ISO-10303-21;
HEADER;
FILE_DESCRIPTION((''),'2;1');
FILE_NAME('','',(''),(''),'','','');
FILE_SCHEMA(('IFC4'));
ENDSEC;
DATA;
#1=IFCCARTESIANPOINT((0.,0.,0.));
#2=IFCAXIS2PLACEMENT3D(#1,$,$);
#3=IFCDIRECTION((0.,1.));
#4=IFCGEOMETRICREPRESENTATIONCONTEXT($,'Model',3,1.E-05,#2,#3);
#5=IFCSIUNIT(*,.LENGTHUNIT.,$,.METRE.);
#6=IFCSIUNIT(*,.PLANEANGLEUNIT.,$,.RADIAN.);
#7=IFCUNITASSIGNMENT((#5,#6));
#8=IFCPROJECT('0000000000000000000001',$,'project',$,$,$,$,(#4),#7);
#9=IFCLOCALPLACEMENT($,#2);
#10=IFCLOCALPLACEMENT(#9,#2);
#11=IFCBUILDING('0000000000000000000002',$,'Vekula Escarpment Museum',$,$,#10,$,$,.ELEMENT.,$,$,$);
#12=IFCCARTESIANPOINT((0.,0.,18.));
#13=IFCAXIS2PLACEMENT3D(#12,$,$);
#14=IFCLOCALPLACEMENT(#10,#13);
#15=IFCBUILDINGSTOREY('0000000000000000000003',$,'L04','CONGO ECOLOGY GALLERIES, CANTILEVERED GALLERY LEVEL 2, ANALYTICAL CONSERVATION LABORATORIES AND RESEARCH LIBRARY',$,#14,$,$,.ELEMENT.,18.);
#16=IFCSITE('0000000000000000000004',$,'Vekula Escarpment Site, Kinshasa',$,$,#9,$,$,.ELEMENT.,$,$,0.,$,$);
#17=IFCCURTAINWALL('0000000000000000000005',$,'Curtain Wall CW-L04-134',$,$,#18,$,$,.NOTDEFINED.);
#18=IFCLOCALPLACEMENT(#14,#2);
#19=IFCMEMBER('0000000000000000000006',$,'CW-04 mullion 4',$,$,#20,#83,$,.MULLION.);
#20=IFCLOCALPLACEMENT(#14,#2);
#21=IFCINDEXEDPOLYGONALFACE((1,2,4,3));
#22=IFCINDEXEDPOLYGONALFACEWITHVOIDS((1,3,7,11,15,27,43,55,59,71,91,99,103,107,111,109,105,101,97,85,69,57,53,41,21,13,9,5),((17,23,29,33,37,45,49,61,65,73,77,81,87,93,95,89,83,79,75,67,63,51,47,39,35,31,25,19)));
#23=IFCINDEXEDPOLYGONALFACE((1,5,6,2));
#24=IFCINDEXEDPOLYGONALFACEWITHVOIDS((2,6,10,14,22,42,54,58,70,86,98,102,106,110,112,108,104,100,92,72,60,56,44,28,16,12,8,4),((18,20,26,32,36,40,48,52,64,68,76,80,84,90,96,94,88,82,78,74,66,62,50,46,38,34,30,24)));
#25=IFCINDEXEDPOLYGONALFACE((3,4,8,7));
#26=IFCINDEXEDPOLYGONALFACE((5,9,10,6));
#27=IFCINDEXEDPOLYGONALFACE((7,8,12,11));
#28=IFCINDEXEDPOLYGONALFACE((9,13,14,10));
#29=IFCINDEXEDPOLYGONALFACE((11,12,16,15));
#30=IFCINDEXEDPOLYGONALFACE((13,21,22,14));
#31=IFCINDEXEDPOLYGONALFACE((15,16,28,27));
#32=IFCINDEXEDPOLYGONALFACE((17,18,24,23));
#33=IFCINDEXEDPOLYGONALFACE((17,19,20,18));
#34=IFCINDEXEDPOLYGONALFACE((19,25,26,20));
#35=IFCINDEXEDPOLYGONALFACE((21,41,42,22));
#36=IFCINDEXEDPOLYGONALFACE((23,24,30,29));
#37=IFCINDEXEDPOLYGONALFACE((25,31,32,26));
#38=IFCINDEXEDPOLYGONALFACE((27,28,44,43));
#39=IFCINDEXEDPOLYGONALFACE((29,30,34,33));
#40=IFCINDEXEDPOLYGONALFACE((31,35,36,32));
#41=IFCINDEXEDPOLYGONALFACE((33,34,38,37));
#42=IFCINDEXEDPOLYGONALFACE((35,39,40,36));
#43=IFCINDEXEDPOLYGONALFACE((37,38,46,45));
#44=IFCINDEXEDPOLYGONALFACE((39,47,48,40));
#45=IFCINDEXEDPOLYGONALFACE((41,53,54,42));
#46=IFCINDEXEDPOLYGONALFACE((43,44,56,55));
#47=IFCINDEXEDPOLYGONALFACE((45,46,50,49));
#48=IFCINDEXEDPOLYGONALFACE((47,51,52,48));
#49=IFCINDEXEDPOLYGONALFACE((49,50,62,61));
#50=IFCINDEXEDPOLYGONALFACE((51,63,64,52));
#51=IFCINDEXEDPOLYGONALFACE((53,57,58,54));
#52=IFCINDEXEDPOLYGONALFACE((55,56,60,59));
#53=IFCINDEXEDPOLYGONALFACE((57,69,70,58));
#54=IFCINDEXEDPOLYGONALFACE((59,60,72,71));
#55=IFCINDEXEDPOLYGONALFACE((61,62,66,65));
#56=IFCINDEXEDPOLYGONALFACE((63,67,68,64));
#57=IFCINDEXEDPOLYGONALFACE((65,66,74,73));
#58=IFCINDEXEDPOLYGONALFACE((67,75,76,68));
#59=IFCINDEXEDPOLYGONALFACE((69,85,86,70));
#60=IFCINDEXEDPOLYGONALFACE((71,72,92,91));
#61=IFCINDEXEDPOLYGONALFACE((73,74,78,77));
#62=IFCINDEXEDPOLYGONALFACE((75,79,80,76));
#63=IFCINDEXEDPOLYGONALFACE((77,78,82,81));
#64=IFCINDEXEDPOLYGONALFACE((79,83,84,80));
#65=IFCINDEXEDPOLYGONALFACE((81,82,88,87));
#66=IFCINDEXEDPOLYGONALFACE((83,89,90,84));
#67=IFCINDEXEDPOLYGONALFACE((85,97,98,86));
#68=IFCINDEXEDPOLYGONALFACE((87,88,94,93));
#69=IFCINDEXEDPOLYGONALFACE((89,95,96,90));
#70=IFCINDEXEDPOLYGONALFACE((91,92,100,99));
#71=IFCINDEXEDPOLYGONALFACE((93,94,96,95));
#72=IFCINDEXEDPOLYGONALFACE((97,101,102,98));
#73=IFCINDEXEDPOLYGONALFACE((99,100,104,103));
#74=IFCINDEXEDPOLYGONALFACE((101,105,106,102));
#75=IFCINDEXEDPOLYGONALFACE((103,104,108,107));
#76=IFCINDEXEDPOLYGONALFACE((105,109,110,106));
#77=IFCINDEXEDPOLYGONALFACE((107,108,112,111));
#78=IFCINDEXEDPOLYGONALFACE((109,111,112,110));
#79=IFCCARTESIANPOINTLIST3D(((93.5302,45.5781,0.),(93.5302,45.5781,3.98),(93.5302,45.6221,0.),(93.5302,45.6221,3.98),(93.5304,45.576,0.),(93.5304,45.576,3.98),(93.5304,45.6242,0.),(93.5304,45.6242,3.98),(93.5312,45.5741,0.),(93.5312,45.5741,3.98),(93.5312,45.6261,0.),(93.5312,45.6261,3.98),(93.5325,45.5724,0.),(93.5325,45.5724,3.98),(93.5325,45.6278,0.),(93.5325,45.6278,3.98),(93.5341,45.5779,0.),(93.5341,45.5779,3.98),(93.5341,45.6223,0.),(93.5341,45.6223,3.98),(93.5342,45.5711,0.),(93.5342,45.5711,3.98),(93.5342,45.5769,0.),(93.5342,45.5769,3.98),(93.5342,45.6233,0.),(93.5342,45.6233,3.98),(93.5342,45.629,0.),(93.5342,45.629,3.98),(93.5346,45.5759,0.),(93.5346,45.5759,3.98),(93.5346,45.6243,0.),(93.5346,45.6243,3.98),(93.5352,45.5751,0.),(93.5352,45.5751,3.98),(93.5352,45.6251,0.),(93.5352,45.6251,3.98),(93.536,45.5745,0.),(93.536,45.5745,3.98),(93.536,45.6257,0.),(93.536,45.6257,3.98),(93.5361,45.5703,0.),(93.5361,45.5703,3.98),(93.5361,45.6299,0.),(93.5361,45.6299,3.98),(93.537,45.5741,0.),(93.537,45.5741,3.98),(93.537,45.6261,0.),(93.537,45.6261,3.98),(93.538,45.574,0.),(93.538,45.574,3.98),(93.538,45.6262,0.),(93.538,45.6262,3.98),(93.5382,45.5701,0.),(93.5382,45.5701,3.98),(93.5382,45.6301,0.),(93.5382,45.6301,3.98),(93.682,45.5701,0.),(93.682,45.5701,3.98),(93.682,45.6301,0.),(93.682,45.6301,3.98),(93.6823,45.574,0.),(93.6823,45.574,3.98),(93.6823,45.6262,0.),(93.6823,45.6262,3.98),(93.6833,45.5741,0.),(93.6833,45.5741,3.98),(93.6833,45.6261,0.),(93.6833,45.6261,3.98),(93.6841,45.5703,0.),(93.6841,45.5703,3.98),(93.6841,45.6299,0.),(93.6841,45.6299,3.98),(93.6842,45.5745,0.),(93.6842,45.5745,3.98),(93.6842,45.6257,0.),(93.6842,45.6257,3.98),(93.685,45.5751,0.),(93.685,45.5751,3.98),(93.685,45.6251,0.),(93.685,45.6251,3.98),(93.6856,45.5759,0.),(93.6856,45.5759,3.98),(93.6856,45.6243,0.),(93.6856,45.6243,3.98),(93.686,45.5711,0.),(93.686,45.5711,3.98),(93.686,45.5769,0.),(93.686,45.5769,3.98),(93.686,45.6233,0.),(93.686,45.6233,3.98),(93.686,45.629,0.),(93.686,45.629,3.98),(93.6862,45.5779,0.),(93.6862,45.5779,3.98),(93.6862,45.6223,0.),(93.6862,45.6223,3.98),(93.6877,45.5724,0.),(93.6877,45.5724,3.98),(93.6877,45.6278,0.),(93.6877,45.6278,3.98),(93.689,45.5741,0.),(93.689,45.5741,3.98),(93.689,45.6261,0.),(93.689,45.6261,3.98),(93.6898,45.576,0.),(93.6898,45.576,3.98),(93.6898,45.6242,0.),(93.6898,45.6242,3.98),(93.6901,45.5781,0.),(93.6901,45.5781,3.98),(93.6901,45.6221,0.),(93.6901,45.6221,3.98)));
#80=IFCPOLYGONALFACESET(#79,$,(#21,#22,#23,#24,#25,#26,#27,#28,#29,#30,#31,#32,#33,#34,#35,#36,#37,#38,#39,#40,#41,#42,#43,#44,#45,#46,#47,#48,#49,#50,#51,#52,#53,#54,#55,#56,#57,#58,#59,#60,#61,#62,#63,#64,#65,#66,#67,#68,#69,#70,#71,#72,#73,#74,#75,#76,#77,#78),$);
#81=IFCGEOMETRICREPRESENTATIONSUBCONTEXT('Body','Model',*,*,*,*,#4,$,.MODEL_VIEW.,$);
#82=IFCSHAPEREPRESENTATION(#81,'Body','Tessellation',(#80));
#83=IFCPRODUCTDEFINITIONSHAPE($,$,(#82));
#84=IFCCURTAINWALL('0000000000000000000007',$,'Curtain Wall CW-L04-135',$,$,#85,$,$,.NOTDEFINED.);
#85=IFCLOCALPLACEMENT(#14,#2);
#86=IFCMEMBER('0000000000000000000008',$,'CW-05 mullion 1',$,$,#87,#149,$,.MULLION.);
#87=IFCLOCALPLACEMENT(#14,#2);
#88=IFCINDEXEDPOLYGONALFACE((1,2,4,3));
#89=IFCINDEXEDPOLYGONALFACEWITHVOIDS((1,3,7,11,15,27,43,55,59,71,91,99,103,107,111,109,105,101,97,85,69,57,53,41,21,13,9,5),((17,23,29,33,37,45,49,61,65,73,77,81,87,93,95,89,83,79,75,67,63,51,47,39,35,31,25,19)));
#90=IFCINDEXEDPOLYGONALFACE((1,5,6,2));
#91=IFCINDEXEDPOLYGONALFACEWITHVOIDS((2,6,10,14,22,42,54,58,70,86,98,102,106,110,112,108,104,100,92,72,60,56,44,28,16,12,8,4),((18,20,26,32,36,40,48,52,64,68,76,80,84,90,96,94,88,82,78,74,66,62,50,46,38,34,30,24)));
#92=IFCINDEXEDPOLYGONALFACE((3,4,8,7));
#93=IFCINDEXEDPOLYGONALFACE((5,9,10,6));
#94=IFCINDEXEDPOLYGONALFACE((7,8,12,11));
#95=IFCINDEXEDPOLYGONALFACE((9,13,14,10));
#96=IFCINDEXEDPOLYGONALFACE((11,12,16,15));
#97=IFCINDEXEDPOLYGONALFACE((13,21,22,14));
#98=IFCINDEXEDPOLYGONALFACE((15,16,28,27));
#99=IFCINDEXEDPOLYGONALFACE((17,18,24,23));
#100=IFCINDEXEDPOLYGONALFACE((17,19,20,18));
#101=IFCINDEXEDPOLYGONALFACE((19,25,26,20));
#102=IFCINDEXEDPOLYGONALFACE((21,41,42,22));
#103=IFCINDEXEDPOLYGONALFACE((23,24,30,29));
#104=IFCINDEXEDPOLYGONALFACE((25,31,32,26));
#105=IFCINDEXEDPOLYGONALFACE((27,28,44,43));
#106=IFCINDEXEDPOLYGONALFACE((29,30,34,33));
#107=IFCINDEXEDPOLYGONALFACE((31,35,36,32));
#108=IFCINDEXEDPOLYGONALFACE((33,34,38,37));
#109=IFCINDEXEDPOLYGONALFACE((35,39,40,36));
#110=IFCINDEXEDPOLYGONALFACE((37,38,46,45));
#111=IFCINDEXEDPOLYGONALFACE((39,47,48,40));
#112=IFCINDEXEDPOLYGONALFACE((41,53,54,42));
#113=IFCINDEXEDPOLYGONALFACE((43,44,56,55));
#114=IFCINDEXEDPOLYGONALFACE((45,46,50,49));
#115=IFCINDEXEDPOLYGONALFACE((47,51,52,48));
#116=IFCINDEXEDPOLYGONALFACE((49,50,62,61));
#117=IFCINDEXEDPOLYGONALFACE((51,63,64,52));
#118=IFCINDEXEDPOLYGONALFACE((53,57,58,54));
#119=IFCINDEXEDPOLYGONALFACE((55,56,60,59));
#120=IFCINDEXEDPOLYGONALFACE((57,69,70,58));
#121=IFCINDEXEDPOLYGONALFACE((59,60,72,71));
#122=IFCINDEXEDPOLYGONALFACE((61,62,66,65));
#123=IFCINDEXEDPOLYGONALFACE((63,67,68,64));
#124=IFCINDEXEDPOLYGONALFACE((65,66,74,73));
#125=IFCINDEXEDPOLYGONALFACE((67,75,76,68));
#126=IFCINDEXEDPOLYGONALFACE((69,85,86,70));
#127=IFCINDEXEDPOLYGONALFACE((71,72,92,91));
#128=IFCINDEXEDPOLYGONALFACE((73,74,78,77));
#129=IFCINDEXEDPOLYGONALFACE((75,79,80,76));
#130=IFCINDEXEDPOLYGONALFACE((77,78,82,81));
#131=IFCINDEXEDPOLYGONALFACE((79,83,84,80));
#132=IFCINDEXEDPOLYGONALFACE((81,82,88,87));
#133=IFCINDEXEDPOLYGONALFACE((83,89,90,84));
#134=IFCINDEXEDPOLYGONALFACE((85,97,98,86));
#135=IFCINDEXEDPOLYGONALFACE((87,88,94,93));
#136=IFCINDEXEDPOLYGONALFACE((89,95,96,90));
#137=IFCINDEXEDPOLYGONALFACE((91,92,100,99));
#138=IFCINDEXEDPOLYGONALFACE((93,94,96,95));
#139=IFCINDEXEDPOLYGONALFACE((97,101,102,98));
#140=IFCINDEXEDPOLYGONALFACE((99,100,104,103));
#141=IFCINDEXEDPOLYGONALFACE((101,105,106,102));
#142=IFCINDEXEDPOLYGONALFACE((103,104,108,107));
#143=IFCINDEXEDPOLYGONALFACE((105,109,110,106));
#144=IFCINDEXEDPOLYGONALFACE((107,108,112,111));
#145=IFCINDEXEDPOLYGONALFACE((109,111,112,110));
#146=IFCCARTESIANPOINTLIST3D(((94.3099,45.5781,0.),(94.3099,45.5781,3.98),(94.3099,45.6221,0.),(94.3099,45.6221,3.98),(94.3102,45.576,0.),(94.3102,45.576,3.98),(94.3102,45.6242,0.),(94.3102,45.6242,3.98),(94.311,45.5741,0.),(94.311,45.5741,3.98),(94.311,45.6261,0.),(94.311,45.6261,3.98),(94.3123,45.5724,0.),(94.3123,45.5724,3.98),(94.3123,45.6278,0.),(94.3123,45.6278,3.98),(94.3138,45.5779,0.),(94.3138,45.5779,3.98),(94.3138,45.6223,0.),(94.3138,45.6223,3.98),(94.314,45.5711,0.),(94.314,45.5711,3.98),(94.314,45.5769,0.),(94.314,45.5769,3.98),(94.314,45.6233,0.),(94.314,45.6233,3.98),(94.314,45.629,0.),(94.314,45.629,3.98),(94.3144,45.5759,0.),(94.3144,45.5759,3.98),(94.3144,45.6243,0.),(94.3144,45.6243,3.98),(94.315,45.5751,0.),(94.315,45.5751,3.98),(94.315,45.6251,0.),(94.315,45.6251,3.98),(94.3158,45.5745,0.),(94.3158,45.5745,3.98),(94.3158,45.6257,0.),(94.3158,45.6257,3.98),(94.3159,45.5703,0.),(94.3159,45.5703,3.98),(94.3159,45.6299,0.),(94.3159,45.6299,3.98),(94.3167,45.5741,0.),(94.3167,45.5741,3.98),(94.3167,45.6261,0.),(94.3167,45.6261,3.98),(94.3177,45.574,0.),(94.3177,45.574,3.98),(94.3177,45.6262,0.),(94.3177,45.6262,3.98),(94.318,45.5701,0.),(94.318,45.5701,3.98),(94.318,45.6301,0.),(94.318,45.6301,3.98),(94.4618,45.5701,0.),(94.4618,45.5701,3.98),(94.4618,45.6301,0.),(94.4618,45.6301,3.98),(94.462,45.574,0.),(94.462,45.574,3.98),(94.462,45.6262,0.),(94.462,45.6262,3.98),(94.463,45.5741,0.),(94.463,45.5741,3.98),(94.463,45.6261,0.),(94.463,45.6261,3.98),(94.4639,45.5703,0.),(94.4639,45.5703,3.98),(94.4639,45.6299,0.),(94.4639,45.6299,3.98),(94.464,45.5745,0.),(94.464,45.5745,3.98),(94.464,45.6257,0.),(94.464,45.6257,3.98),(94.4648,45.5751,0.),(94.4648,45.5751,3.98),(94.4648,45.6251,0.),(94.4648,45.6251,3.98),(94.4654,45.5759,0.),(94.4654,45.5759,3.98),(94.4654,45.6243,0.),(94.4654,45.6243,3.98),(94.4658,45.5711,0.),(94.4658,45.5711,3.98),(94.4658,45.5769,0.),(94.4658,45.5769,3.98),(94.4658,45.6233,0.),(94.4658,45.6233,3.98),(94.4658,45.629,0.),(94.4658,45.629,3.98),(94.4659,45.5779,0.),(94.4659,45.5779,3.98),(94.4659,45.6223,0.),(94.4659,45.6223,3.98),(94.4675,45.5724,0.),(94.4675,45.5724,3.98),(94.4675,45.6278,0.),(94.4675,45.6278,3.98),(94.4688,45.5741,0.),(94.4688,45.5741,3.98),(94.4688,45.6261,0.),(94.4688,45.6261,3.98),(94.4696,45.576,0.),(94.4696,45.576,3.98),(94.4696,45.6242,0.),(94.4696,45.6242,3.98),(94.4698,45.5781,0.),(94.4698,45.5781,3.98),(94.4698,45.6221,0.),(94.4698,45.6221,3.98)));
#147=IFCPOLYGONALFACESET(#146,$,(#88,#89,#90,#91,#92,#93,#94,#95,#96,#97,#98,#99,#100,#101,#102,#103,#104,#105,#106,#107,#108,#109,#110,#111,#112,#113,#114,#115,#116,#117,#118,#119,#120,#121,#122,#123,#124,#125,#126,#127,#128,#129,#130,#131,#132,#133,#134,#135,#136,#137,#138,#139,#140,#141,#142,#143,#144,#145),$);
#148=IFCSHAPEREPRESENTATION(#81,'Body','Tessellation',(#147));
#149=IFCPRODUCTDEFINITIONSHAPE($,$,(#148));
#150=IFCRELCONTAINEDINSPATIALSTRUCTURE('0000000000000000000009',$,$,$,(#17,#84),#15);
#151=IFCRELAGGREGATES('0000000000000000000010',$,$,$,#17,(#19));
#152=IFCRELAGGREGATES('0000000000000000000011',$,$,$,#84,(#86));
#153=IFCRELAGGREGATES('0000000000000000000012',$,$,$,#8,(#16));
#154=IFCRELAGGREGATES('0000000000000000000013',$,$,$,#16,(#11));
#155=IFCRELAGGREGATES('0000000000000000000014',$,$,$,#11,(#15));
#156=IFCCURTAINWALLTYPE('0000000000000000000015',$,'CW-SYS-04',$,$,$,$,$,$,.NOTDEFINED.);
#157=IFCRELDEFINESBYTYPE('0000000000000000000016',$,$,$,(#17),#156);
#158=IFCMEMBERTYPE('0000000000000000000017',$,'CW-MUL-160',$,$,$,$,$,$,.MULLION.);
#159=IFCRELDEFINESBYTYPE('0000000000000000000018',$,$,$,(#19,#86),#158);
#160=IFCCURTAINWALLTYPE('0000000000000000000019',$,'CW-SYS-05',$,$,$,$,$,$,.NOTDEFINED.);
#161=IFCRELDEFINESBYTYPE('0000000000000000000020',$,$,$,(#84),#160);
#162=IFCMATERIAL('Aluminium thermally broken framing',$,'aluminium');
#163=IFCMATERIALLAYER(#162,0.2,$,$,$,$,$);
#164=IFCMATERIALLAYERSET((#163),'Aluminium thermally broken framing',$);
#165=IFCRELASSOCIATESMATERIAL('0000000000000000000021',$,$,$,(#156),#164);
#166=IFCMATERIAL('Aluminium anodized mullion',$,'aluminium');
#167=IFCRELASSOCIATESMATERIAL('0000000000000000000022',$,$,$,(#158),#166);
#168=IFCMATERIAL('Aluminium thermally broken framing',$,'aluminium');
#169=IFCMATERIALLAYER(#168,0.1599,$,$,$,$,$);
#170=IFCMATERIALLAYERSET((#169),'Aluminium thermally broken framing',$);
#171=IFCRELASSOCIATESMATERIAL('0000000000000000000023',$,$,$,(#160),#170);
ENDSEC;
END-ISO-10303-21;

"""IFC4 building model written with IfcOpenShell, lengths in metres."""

from ifc_helpers import new_model, si_unit, direction, frame, origin, origin_2d, place, context, subcontext, project, spatial, hollow_rectangle, extrude, material, layer, layer_set, material_profile, profile_set, type_object, element, aggregate, save


model = new_model("IFC4")

# Units and contexts
model_context = context("Model", 3, precision=1e-05, world=origin(), true_north=direction((0.0, 1.0)))
body_context = subcontext(model_context, "Body", "Model", "MODEL_VIEW")
ifc_project = project(units=[si_unit("LENGTHUNIT", "METRE"), si_unit("PLANEANGLEUNIT", "RADIAN")], contexts=[model_context])

# Site, building, storey
site_placement = place(None, origin())
site = spatial("IfcSite", under=ifc_project, at=site_placement, Name="Vekula Escarpment Site, Kinshasa", CompositionType="ELEMENT", RefElevation=0.0)
building_placement = place(site_placement, origin())
building = spatial("IfcBuilding", under=site, at=building_placement, Name="Vekula Escarpment Museum", CompositionType="ELEMENT")
storey_placement = place(building_placement, frame((0.0, 0.0, 18.0)))
storey = spatial("IfcBuildingStorey", under=building, at=storey_placement, Name="L04", Description="CONGO ECOLOGY GALLERIES, CANTILEVERED GALLERY LEVEL 2, ANALYTICAL CONSERVATION LABORATORIES AND RESEARCH LIBRARY", CompositionType="ELEMENT", Elevation=18.0)

# Curtain wall, member
ifc_material_1 = material(Name="Aluminium thermally broken framing", Category="aluminium")
ifc_layer_1 = layer(ifc_material_1, 0.2)
ifc_layer_set_1 = layer_set([ifc_layer_1], Name="Aluminium thermally broken framing")
curtain_wall_type_1 = type_object("IfcCurtainWallType", Name="CW-SYS-04", PredefinedType="NOTDEFINED", material=ifc_layer_set_1)
curtain_wall_1_placement = place(storey_placement, origin())
curtain_wall_1 = element("IfcCurtainWall", 1, at=curtain_wall_1_placement, inside=storey, type_object=curtain_wall_type_1, Name="Curtain Wall CW-L04-134", PredefinedType="NOTDEFINED")
ifc_material_2 = material(Name="Aluminium anodized mullion", Category="aluminium")
ifc_material_profile_1 = material_profile(ifc_material_2, hollow_rectangle(XDim=0.0601, YDim=0.1599, WallThickness=0.0039, InnerFilletRadius=0.0039, OuterFilletRadius=0.0081, at=origin_2d()), Name="ALU 160x60x4")
ifc_profile_set_1 = profile_set([ifc_material_profile_1], Name="Aluminium anodized mullion")
member_type_1 = type_object("IfcMemberType", Name="CW-MUL-160", PredefinedType="MULLION", material=ifc_profile_set_1)
member_1_placement = place(storey_placement, frame((93.6101, 45.6001, 0.0), z_axis=(0.0, 0.0, 1.0), x_axis=(0.0, 1.0, 0.0)))
member_1 = element("IfcMember", 2, at=member_1_placement, type_object=member_type_1, Name="CW-04 mullion 4", PredefinedType="MULLION", context=body_context, shape_type="SweptSolid", body=[
    extrude(hollow_rectangle(XDim=0.0601, YDim=0.1599, WallThickness=0.0039, InnerFilletRadius=0.0039, OuterFilletRadius=0.0081, at=origin_2d()), origin(), (0.0, 0.0, 1.0), 3.98),
])

# Curtain wall, member
ifc_material_3 = material(Name="Aluminium thermally broken framing", Category="aluminium")
ifc_layer_2 = layer(ifc_material_3, 0.1599)
ifc_layer_set_2 = layer_set([ifc_layer_2], Name="Aluminium thermally broken framing")
curtain_wall_type_2 = type_object("IfcCurtainWallType", Name="CW-SYS-05", PredefinedType="NOTDEFINED", material=ifc_layer_set_2)
curtain_wall_2_placement = place(storey_placement, origin())
curtain_wall_2 = element("IfcCurtainWall", 3, at=curtain_wall_2_placement, inside=storey, type_object=curtain_wall_type_2, Name="Curtain Wall CW-L04-135", PredefinedType="NOTDEFINED")
member_2_placement = place(storey_placement, frame((94.3899, 45.6001, 0.0), z_axis=(0.0, 0.0, 1.0), x_axis=(0.0, 1.0, 0.0)))
member_2 = element("IfcMember", 4, at=member_2_placement, type_object=member_type_1, Name="CW-05 mullion 1", PredefinedType="MULLION", context=body_context, shape_type="SweptSolid", body=[
    extrude(hollow_rectangle(XDim=0.0601, YDim=0.1599, WallThickness=0.0039, InnerFilletRadius=0.0039, OuterFilletRadius=0.0081, at=origin_2d()), origin(), (0.0, 0.0, 1.0), 3.98),
])

aggregate(curtain_wall_1, [member_1])
aggregate(curtain_wall_2, [member_2])

save(model, "model.ifc")
